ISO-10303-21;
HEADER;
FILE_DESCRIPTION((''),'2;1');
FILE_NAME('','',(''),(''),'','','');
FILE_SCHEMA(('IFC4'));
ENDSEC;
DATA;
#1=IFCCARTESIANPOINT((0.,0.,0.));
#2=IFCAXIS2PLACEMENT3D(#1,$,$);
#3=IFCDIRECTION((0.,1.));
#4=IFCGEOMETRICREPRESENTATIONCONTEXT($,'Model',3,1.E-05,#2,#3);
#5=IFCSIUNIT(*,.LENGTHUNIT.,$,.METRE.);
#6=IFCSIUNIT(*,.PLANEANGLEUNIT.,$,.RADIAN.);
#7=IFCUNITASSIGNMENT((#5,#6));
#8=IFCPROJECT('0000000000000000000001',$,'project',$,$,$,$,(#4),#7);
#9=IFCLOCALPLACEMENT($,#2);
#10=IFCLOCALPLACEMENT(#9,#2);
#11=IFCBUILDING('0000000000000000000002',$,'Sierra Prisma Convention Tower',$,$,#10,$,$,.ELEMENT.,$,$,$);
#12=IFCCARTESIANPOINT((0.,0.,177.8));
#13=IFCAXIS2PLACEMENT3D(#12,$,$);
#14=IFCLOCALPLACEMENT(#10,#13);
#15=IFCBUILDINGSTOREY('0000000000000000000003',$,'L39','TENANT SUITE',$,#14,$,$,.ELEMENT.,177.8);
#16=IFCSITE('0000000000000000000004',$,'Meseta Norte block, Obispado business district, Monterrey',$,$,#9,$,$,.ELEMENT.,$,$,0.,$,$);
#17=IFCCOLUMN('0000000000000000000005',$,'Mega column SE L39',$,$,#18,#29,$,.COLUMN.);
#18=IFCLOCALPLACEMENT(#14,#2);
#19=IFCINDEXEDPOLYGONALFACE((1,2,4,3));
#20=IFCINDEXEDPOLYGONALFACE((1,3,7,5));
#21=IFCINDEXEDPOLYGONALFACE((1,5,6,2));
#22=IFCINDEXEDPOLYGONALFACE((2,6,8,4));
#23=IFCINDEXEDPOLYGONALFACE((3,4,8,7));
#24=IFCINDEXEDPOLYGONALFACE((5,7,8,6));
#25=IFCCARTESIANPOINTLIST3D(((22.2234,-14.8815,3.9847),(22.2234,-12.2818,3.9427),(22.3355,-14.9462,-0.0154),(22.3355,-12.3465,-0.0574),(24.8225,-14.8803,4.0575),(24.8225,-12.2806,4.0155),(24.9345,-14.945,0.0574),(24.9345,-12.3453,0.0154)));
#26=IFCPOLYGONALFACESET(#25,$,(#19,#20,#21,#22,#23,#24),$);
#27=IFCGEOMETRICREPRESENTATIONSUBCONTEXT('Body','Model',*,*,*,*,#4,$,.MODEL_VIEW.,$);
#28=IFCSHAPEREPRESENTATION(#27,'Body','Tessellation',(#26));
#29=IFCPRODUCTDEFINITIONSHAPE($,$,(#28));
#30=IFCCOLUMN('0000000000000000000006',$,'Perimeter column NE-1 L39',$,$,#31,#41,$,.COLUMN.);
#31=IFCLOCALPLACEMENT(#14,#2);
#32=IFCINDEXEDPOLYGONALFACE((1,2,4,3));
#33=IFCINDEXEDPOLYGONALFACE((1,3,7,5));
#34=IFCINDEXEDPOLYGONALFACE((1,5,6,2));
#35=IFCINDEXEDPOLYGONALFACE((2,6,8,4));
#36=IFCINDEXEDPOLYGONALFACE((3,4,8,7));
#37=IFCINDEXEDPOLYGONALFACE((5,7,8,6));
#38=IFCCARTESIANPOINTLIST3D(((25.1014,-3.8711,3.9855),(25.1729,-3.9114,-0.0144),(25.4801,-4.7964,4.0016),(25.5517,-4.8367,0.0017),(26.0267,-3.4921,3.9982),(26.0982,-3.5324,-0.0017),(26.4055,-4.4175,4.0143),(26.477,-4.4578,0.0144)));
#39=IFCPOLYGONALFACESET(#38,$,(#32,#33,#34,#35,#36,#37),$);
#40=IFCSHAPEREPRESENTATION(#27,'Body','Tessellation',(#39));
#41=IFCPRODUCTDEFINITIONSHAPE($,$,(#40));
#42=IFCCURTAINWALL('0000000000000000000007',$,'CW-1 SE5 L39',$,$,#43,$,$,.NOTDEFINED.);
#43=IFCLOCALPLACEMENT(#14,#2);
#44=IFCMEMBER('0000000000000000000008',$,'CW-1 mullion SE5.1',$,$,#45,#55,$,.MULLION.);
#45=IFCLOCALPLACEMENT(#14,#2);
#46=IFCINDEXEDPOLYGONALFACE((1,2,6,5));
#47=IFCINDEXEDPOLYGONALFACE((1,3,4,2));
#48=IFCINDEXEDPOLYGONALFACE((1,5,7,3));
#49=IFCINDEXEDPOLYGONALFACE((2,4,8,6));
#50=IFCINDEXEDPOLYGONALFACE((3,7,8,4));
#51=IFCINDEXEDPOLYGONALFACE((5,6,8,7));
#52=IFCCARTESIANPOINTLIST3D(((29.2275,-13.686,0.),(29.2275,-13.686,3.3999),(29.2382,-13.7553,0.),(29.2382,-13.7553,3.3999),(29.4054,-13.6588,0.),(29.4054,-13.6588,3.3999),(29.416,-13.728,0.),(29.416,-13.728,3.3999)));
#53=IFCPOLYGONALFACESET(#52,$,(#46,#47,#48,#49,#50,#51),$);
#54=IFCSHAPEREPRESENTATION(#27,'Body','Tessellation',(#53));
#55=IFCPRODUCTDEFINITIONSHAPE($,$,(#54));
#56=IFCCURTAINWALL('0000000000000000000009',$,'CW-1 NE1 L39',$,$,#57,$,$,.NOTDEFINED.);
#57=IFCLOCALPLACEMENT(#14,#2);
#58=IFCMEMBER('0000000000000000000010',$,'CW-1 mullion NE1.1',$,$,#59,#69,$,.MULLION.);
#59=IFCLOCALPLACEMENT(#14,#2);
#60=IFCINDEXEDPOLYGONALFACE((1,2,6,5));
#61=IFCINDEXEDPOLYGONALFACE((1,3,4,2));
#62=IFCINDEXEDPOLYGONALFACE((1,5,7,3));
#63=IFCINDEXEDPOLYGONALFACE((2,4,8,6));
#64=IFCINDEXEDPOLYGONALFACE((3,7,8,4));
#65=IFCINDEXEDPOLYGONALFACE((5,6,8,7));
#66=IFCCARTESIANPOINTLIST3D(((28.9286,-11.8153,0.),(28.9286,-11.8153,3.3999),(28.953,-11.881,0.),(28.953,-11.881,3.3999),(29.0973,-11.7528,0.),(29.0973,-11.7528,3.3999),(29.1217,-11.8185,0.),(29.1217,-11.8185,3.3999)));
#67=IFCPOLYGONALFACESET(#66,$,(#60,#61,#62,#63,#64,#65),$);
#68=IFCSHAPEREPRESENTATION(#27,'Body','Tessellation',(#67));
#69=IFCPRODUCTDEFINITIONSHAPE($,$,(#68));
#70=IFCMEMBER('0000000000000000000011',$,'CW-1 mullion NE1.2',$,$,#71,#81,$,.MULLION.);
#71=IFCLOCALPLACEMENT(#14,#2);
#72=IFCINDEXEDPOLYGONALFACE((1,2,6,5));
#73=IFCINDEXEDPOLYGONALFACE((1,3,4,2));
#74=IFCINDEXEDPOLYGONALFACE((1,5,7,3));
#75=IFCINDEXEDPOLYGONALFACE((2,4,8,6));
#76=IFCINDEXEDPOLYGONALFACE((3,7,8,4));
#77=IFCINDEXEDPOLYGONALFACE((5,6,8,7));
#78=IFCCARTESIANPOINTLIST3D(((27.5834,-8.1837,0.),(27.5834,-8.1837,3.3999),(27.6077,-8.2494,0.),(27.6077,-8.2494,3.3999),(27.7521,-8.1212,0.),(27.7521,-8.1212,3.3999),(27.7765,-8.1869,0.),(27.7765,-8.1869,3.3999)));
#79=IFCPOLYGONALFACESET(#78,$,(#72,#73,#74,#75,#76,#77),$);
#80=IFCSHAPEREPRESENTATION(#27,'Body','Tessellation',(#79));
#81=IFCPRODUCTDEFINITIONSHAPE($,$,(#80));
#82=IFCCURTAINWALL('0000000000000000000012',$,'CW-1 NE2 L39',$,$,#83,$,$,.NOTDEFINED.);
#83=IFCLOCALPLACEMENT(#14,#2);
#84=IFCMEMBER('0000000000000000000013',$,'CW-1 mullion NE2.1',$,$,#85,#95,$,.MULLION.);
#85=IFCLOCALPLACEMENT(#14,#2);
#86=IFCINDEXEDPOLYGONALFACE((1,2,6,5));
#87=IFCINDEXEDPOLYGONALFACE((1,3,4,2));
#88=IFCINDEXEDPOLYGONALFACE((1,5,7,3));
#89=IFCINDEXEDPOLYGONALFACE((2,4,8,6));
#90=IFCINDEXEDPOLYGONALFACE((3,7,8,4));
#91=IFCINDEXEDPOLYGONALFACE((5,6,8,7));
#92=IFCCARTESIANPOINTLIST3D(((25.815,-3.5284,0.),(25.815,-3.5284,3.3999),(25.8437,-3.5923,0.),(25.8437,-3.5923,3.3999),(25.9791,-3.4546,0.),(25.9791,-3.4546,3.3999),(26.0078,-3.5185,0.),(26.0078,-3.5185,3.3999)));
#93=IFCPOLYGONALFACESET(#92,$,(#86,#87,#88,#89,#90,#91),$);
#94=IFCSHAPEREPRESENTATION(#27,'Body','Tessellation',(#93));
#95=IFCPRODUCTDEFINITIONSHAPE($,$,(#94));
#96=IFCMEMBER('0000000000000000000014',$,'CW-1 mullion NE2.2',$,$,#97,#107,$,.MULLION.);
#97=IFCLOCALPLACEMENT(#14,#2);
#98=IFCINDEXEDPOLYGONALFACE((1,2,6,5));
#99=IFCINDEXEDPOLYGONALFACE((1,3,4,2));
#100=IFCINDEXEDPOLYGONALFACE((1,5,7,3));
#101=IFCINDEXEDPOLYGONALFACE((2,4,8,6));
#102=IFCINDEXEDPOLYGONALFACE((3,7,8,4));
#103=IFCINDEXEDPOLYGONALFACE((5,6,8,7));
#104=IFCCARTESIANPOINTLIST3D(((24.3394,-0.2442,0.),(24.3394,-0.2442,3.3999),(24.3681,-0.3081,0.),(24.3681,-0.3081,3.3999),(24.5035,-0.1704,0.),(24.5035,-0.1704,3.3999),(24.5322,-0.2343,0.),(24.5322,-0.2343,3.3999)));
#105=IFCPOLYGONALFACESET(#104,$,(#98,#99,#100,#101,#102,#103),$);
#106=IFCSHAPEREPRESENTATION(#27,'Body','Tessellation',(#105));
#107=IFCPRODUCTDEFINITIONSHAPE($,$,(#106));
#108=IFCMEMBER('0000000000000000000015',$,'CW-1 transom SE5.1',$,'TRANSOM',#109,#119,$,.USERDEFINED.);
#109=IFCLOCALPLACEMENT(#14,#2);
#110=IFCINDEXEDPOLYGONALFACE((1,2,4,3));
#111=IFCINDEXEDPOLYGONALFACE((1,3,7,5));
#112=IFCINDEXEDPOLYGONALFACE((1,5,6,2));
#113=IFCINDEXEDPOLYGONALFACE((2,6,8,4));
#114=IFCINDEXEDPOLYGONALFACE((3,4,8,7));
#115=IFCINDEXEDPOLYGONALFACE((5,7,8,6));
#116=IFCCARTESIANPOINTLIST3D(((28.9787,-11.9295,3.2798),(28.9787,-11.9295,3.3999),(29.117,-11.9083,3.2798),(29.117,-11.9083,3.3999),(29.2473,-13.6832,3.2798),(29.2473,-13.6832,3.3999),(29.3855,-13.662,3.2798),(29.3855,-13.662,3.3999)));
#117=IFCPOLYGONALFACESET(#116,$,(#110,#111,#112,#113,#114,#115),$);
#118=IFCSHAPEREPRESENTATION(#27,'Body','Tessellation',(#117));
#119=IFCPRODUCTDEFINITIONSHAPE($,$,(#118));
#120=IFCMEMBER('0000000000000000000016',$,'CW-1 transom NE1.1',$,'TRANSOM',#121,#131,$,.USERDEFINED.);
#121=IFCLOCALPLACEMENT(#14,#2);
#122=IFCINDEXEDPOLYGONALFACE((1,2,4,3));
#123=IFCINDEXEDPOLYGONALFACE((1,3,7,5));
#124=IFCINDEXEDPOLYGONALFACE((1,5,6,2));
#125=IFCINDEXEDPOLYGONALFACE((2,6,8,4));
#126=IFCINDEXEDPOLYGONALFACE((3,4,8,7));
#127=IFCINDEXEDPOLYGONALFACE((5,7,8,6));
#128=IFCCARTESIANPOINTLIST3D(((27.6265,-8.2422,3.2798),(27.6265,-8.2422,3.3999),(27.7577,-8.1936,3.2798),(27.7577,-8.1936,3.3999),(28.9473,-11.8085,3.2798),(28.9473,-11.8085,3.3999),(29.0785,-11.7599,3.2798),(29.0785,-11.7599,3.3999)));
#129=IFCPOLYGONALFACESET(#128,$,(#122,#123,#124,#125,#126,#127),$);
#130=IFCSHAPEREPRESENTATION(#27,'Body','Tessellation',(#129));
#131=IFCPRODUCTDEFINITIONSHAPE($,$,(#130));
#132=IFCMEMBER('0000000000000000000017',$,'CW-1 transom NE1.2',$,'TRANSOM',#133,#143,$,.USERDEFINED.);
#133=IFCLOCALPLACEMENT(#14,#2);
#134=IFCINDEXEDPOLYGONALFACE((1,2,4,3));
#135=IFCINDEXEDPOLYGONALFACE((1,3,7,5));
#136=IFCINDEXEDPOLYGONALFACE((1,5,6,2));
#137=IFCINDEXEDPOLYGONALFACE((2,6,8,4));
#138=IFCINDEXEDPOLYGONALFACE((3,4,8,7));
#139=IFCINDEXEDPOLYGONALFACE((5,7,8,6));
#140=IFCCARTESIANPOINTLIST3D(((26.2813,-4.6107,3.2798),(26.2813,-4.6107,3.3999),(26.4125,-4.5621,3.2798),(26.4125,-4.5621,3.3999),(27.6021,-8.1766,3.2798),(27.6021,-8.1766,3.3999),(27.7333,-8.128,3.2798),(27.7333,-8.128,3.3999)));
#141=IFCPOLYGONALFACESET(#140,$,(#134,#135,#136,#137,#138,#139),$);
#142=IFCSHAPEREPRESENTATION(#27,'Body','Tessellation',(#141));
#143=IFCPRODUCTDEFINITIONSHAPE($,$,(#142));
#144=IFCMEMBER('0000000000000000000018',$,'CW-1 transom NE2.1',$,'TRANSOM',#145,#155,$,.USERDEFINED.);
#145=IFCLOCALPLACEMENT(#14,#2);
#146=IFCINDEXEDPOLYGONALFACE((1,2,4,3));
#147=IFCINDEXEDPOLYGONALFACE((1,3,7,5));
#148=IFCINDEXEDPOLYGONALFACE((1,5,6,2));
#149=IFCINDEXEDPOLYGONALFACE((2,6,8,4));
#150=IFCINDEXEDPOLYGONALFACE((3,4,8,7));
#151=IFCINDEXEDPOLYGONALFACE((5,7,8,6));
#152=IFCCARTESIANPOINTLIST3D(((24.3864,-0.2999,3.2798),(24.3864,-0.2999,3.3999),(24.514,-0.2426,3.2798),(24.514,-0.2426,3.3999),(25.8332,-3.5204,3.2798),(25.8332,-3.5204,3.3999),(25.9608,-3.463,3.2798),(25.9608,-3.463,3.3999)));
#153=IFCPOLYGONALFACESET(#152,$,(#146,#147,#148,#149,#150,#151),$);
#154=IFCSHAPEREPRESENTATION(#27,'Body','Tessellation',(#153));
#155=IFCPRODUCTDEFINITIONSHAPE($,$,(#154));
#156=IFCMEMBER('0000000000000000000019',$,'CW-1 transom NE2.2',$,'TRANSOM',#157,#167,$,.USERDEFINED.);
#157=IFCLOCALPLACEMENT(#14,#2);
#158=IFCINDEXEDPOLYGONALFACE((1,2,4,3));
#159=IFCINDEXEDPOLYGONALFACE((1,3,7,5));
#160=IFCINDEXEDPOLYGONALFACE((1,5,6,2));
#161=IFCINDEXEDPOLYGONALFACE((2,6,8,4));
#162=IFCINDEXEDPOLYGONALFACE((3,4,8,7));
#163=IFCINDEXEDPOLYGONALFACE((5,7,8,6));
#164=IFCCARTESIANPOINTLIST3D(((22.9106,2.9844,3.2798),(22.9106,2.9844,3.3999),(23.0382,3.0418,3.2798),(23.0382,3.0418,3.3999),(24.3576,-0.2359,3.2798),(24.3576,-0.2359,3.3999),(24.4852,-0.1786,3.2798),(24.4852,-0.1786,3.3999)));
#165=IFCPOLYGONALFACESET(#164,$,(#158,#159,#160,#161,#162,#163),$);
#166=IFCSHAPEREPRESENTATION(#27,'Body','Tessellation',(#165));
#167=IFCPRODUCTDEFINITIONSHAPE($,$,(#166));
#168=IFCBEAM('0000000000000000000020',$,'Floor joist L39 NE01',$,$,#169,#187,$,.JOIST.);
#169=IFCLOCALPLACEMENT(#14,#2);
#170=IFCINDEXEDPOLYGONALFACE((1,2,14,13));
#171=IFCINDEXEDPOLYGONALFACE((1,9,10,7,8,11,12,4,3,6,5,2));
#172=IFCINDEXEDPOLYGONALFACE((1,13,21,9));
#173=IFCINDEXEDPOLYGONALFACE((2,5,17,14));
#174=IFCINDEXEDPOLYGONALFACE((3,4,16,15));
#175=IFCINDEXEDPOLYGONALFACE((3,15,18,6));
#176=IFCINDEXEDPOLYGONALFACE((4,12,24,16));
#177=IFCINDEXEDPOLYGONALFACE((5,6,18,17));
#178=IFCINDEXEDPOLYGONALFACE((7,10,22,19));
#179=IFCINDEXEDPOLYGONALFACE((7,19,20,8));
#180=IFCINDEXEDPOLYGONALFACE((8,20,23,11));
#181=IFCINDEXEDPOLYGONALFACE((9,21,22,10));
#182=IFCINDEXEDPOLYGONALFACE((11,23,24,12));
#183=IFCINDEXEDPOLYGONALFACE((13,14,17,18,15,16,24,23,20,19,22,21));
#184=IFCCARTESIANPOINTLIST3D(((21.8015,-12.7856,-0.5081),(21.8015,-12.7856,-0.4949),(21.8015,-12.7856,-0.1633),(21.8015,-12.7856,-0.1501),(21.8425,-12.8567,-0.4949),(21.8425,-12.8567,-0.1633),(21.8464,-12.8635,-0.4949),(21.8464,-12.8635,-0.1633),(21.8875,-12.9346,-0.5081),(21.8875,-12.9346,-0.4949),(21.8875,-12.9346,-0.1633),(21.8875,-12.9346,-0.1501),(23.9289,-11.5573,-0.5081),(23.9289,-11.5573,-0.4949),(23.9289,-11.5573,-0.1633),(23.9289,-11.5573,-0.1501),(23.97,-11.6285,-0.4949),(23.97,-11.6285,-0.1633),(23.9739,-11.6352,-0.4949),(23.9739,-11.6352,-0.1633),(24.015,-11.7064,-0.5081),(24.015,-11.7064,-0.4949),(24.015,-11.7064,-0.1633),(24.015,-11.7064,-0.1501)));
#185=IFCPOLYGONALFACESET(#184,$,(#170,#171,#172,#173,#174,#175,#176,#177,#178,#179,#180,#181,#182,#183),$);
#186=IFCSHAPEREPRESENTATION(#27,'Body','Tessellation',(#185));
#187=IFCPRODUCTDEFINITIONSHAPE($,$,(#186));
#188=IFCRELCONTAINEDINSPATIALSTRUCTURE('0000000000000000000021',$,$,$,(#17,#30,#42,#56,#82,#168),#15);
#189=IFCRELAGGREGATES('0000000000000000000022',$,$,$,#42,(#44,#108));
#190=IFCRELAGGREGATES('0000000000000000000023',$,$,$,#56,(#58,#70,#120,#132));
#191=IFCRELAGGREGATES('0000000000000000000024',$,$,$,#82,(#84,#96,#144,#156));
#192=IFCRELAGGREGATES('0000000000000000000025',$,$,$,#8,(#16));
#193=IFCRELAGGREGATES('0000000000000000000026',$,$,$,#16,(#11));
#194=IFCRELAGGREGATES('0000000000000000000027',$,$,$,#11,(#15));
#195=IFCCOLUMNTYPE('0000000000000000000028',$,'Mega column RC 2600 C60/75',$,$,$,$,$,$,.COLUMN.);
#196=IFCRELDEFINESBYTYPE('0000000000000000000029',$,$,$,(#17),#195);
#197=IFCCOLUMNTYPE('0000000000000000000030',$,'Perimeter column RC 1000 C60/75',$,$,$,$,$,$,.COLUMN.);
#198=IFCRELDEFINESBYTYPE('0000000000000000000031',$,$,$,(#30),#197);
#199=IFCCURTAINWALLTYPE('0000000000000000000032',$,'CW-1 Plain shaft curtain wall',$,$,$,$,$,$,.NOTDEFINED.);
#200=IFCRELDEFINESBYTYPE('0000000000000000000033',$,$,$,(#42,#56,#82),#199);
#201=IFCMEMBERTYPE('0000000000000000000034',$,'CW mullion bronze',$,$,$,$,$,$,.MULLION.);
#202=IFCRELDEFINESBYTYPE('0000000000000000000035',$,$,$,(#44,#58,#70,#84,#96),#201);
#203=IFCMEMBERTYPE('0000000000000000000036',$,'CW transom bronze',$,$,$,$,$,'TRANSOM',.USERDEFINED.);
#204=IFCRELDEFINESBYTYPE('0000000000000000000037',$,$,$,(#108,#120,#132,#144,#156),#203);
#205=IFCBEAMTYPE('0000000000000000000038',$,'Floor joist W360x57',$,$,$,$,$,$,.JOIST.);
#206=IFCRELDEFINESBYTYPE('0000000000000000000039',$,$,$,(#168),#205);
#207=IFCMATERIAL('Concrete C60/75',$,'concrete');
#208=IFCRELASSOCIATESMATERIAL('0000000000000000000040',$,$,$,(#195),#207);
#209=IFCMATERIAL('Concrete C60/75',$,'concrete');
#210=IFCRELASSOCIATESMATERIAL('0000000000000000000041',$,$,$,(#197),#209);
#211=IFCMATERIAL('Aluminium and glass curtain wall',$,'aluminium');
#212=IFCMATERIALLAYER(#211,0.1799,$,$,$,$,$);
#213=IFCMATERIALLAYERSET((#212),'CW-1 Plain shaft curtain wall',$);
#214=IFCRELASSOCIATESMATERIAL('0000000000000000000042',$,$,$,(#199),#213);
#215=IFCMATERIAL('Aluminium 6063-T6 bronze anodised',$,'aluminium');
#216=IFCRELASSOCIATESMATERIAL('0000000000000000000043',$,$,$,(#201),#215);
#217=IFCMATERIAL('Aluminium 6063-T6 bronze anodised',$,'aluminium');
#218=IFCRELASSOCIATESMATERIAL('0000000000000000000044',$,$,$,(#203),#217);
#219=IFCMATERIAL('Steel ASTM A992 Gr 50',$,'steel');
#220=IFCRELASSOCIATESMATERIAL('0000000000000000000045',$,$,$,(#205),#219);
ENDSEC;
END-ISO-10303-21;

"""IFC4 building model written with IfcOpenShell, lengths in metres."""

from ifc_helpers import new_model, si_unit, direction, frame, origin, origin_2d, place, context, subcontext, project, spatial, rectangle, i_section, extrude, material, layer, layer_set, material_profile, profile_set, type_object, element, aggregate, save


model = new_model("IFC4")

# Units and contexts
model_context = context("Model", 3, precision=1e-05, world=origin(), true_north=direction((0.0, 1.0)))
body_context = subcontext(model_context, "Body", "Model", "MODEL_VIEW")
ifc_project = project(units=[si_unit("LENGTHUNIT", "METRE"), si_unit("PLANEANGLEUNIT", "RADIAN")], contexts=[model_context])

# Site, building, storey
site_placement = place(None, origin())
site = spatial("IfcSite", under=ifc_project, at=site_placement, Name="Meseta Norte block, Obispado business district, Monterrey", CompositionType="ELEMENT", RefElevation=0.0)
building_placement = place(site_placement, origin())
building = spatial("IfcBuilding", under=site, at=building_placement, Name="Sierra Prisma Convention Tower", CompositionType="ELEMENT")
storey_placement = place(building_placement, frame((0.0, 0.0, 177.8)))
storey = spatial("IfcBuildingStorey", under=building, at=storey_placement, Name="L39", Description="TENANT SUITE", CompositionType="ELEMENT", Elevation=177.8)

# Columns
ifc_material_1 = material(Name="Concrete C60/75", Category="concrete")
ifc_material_profile_1 = material_profile(ifc_material_1, rectangle(XDim=2.6001, YDim=2.6001, at=origin_2d()), Name="Mega column RC 2600 C60/75")
ifc_profile_set_1 = profile_set([ifc_material_profile_1], Name="Concrete C60/75")
column_type_1 = type_object("IfcColumnType", Name="Mega column RC 2600 C60/75", PredefinedType="COLUMN", material=ifc_profile_set_1)
column_1_placement = place(storey_placement, frame((23.635, -13.6458, 0.0), z_axis=(-0.028, 0.016166, 0.999477), x_axis=(0.999608, 0.000453, 0.027997)))
element("IfcColumn", 1, at=column_1_placement, inside=storey, type_object=column_type_1, Name="Mega column SE L39", PredefinedType="COLUMN", context=body_context, shape_type="SweptSolid", body=[
    extrude(rectangle(XDim=2.6001, YDim=2.6001, at=origin_2d()), origin(), (0.0, 0.0, 1.0), 4.0022),
])
ifc_material_2 = material(Name="Concrete C60/75", Category="concrete")
ifc_material_profile_2 = material_profile(ifc_material_2, rectangle(XDim=1.0, YDim=1.0, at=origin_2d()), Name="Perimeter column RC 1000 C60/75")
ifc_profile_set_2 = profile_set([ifc_material_profile_2], Name="Concrete C60/75")
column_type_2 = type_object("IfcColumnType", Name="Perimeter column RC 1000 C60/75", PredefinedType="COLUMN", material=ifc_profile_set_2)
column_2_placement = place(storey_placement, frame((25.825, -4.1846, 0.0), z_axis=(-0.01788, 0.010069, 0.999789), x_axis=(-0.37875, 0.925359, -0.016092)))
element("IfcColumn", 2, at=column_2_placement, inside=storey, type_object=column_type_2, Name="Perimeter column NE-1 L39", PredefinedType="COLUMN", context=body_context, shape_type="SweptSolid", body=[
    extrude(rectangle(XDim=1.0, YDim=1.0, at=origin_2d()), origin(), (0.0, 0.0, 1.0), 4.0007),
])

# Curtain wall, member
ifc_material_3 = material(Name="Aluminium and glass curtain wall", Category="aluminium")
ifc_layer_1 = layer(ifc_material_3, 0.1799)
ifc_layer_set_1 = layer_set([ifc_layer_1], Name="CW-1 Plain shaft curtain wall")
curtain_wall_type = type_object("IfcCurtainWallType", Name="CW-1 Plain shaft curtain wall", PredefinedType="NOTDEFINED", material=ifc_layer_set_1)
curtain_wall_1_placement = place(storey_placement, origin())
curtain_wall_1 = element("IfcCurtainWall", 3, at=curtain_wall_1_placement, inside=storey, type_object=curtain_wall_type, Name="CW-1 SE5 L39", PredefinedType="NOTDEFINED")
ifc_material_4 = material(Name="Aluminium 6063-T6 bronze anodised", Category="aluminium")
ifc_material_profile_3 = material_profile(ifc_material_4, rectangle(XDim=0.1799, YDim=0.0701, at=origin_2d()), Name="ALU MULLION 70x180")
ifc_profile_set_3 = profile_set([ifc_material_profile_3], Name="Aluminium 6063-T6 bronze anodised")
member_type_1 = type_object("IfcMemberType", Name="CW mullion bronze", PredefinedType="MULLION", material=ifc_profile_set_3)
member_1_placement = place(storey_placement, frame((29.3218, -13.707, 0.0), z_axis=(0.0, 0.0, 1.0), x_axis=(-0.988462, -0.151467, 0.0)))
member_1 = element("IfcMember", 4, at=member_1_placement, type_object=member_type_1, Name="CW-1 mullion SE5.1", PredefinedType="MULLION", context=body_context, shape_type="SweptSolid", body=[
    extrude(rectangle(XDim=0.1799, YDim=0.0701, at=origin_2d()), origin(), (0.0, 0.0, 1.0), 3.3999),
])

# Curtain walls, members
curtain_wall_2_placement = place(storey_placement, origin())
curtain_wall_2 = element("IfcCurtainWall", 5, at=curtain_wall_2_placement, inside=storey, type_object=curtain_wall_type, Name="CW-1 NE1 L39", PredefinedType="NOTDEFINED")
member_2_placement = place(storey_placement, frame((29.0251, -11.8169, 0.0), z_axis=(0.0, 0.0, 1.0), x_axis=(-0.937738, -0.347344, 0.0)))
member_2 = element("IfcMember", 6, at=member_2_placement, type_object=member_type_1, Name="CW-1 mullion NE1.1", PredefinedType="MULLION", context=body_context, shape_type="SweptSolid", body=[
    extrude(rectangle(XDim=0.1799, YDim=0.0701, at=origin_2d()), origin(), (0.0, 0.0, 1.0), 3.3999),
])
member_3_placement = place(storey_placement, frame((27.6799, -8.1853, 0.0), z_axis=(0.0, 0.0, 1.0), x_axis=(-0.937738, -0.347344, 0.0)))
member_3 = element("IfcMember", 7, at=member_3_placement, type_object=member_type_1, Name="CW-1 mullion NE1.2", PredefinedType="MULLION", context=body_context, shape_type="SweptSolid", body=[
    extrude(rectangle(XDim=0.1799, YDim=0.0701, at=origin_2d()), origin(), (0.0, 0.0, 1.0), 3.3999),
])
curtain_wall_3_placement = place(storey_placement, origin())
curtain_wall_3 = element("IfcCurtainWall", 8, at=curtain_wall_3_placement, inside=storey, type_object=curtain_wall_type, Name="CW-1 NE2 L39", PredefinedType="NOTDEFINED")
member_4_placement = place(storey_placement, frame((25.9114, -3.5234, 0.0), z_axis=(0.0, 0.0, 1.0), x_axis=(-0.912156, -0.409843, 0.0)))
member_4 = element("IfcMember", 9, at=member_4_placement, type_object=member_type_1, Name="CW-1 mullion NE2.1", PredefinedType="MULLION", context=body_context, shape_type="SweptSolid", body=[
    extrude(rectangle(XDim=0.1799, YDim=0.0701, at=origin_2d()), origin(), (0.0, 0.0, 1.0), 3.3999),
])
member_5_placement = place(storey_placement, frame((24.4358, -0.2393, 0.0), z_axis=(0.0, 0.0, 1.0), x_axis=(-0.912156, -0.409843, 0.0)))
member_5 = element("IfcMember", 10, at=member_5_placement, type_object=member_type_1, Name="CW-1 mullion NE2.2", PredefinedType="MULLION", context=body_context, shape_type="SweptSolid", body=[
    extrude(rectangle(XDim=0.1799, YDim=0.0701, at=origin_2d()), origin(), (0.0, 0.0, 1.0), 3.3999),
])

# Members
ifc_material_5 = material(Name="Aluminium 6063-T6 bronze anodised", Category="aluminium")
ifc_material_profile_4 = material_profile(ifc_material_5, rectangle(XDim=0.1399, YDim=0.1201, at=origin_2d()), Name="ALU TRANSOM 120x140")
ifc_profile_set_4 = profile_set([ifc_material_profile_4], Name="Aluminium 6063-T6 bronze anodised")
member_type_2 = type_object("IfcMemberType", Name="CW transom bronze", ElementType="TRANSOM", PredefinedType="USERDEFINED", material=ifc_profile_set_4)
member_6_placement = place(storey_placement, frame((29.3164, -13.6726, 3.3398), z_axis=(-0.151375, 0.988476, 0.0), x_axis=(-0.988476, -0.151375, 0.0)))
member_6 = element("IfcMember", 11, at=member_6_placement, type_object=member_type_2, Name="CW-1 transom SE5.1", ObjectType="TRANSOM", PredefinedType="USERDEFINED", context=body_context, shape_type="SweptSolid", body=[
    extrude(rectangle(XDim=0.1399, YDim=0.1201, at=origin_2d()), origin(), (0.0, 0.0, 1.0), 1.7742),
])
member_7_placement = place(storey_placement, frame((29.0129, -11.7842, 3.3398), z_axis=(-0.347314, 0.937749, 0.0), x_axis=(-0.937749, -0.347314, 0.0)))
member_7 = element("IfcMember", 12, at=member_7_placement, type_object=member_type_2, Name="CW-1 transom NE1.1", ObjectType="TRANSOM", PredefinedType="USERDEFINED", context=body_context, shape_type="SweptSolid", body=[
    extrude(rectangle(XDim=0.1399, YDim=0.1201, at=origin_2d()), origin(), (0.0, 0.0, 1.0), 3.803),
])
member_8_placement = place(storey_placement, frame((27.6677, -8.1523, 3.3398), z_axis=(-0.347335, 0.937741, 0.0), x_axis=(-0.937741, -0.347335, 0.0)))
member_8 = element("IfcMember", 13, at=member_8_placement, type_object=member_type_2, Name="CW-1 transom NE1.2", ObjectType="TRANSOM", PredefinedType="USERDEFINED", context=body_context, shape_type="SweptSolid", body=[
    extrude(rectangle(XDim=0.1399, YDim=0.1201, at=origin_2d()), origin(), (0.0, 0.0, 1.0), 3.8027),
])
member_9_placement = place(storey_placement, frame((25.897, -3.4917, 3.3398), z_axis=(-0.409792, 0.912179, 0.0), x_axis=(-0.912179, -0.409792, 0.0)))
member_9 = element("IfcMember", 14, at=member_9_placement, type_object=member_type_2, Name="CW-1 transom NE2.1", ObjectType="TRANSOM", PredefinedType="USERDEFINED", context=body_context, shape_type="SweptSolid", body=[
    extrude(rectangle(XDim=0.1399, YDim=0.1201, at=origin_2d()), origin(), (0.0, 0.0, 1.0), 3.5305),
])
member_10_placement = place(storey_placement, frame((24.4214, -0.2073, 3.3398), z_axis=(-0.40985, 0.912153, 0.0), x_axis=(-0.912153, -0.40985, 0.0)))
member_10 = element("IfcMember", 15, at=member_10_placement, type_object=member_type_2, Name="CW-1 transom NE2.2", ObjectType="TRANSOM", PredefinedType="USERDEFINED", context=body_context, shape_type="SweptSolid", body=[
    extrude(rectangle(XDim=0.1399, YDim=0.1201, at=origin_2d()), origin(), (0.0, 0.0, 1.0), 3.5305),
])

# Beam
ifc_material_6 = material(Name="Steel ASTM A992 Gr 50", Category="steel")
ifc_material_profile_5 = material_profile(ifc_material_6, i_section(OverallWidth=0.1721, OverallDepth=0.3579, WebThickness=0.0078, FlangeThickness=0.0132, at=origin_2d()), Name="W360x57")
ifc_profile_set_5 = profile_set([ifc_material_profile_5], Name="Steel ASTM A992 Gr 50")
beam_type_1 = type_object("IfcBeamType", Name="Floor joist W360x57", PredefinedType="JOIST", material=ifc_profile_set_5)
beam_1_placement = place(storey_placement, frame((23.9719, -11.6318, -0.3291), z_axis=(-0.866027, -0.499998, 0.0), x_axis=(0.499998, -0.866027, 0.0)))
element("IfcBeam", 16, at=beam_1_placement, inside=storey, type_object=beam_type_1, Name="Floor joist L39 NE01", PredefinedType="JOIST", context=body_context, shape_type="SweptSolid", body=[
    extrude(i_section(OverallWidth=0.1721, OverallDepth=0.3579, WebThickness=0.0078, FlangeThickness=0.0132, at=origin_2d()), origin(), (0.0, 0.0, 1.0), 2.4565),
])

aggregate(curtain_wall_1, [member_1, member_6])
aggregate(curtain_wall_2, [member_2, member_3, member_7, member_8])
aggregate(curtain_wall_3, [member_4, member_5, member_9, member_10])

save(model, "model.ifc")
